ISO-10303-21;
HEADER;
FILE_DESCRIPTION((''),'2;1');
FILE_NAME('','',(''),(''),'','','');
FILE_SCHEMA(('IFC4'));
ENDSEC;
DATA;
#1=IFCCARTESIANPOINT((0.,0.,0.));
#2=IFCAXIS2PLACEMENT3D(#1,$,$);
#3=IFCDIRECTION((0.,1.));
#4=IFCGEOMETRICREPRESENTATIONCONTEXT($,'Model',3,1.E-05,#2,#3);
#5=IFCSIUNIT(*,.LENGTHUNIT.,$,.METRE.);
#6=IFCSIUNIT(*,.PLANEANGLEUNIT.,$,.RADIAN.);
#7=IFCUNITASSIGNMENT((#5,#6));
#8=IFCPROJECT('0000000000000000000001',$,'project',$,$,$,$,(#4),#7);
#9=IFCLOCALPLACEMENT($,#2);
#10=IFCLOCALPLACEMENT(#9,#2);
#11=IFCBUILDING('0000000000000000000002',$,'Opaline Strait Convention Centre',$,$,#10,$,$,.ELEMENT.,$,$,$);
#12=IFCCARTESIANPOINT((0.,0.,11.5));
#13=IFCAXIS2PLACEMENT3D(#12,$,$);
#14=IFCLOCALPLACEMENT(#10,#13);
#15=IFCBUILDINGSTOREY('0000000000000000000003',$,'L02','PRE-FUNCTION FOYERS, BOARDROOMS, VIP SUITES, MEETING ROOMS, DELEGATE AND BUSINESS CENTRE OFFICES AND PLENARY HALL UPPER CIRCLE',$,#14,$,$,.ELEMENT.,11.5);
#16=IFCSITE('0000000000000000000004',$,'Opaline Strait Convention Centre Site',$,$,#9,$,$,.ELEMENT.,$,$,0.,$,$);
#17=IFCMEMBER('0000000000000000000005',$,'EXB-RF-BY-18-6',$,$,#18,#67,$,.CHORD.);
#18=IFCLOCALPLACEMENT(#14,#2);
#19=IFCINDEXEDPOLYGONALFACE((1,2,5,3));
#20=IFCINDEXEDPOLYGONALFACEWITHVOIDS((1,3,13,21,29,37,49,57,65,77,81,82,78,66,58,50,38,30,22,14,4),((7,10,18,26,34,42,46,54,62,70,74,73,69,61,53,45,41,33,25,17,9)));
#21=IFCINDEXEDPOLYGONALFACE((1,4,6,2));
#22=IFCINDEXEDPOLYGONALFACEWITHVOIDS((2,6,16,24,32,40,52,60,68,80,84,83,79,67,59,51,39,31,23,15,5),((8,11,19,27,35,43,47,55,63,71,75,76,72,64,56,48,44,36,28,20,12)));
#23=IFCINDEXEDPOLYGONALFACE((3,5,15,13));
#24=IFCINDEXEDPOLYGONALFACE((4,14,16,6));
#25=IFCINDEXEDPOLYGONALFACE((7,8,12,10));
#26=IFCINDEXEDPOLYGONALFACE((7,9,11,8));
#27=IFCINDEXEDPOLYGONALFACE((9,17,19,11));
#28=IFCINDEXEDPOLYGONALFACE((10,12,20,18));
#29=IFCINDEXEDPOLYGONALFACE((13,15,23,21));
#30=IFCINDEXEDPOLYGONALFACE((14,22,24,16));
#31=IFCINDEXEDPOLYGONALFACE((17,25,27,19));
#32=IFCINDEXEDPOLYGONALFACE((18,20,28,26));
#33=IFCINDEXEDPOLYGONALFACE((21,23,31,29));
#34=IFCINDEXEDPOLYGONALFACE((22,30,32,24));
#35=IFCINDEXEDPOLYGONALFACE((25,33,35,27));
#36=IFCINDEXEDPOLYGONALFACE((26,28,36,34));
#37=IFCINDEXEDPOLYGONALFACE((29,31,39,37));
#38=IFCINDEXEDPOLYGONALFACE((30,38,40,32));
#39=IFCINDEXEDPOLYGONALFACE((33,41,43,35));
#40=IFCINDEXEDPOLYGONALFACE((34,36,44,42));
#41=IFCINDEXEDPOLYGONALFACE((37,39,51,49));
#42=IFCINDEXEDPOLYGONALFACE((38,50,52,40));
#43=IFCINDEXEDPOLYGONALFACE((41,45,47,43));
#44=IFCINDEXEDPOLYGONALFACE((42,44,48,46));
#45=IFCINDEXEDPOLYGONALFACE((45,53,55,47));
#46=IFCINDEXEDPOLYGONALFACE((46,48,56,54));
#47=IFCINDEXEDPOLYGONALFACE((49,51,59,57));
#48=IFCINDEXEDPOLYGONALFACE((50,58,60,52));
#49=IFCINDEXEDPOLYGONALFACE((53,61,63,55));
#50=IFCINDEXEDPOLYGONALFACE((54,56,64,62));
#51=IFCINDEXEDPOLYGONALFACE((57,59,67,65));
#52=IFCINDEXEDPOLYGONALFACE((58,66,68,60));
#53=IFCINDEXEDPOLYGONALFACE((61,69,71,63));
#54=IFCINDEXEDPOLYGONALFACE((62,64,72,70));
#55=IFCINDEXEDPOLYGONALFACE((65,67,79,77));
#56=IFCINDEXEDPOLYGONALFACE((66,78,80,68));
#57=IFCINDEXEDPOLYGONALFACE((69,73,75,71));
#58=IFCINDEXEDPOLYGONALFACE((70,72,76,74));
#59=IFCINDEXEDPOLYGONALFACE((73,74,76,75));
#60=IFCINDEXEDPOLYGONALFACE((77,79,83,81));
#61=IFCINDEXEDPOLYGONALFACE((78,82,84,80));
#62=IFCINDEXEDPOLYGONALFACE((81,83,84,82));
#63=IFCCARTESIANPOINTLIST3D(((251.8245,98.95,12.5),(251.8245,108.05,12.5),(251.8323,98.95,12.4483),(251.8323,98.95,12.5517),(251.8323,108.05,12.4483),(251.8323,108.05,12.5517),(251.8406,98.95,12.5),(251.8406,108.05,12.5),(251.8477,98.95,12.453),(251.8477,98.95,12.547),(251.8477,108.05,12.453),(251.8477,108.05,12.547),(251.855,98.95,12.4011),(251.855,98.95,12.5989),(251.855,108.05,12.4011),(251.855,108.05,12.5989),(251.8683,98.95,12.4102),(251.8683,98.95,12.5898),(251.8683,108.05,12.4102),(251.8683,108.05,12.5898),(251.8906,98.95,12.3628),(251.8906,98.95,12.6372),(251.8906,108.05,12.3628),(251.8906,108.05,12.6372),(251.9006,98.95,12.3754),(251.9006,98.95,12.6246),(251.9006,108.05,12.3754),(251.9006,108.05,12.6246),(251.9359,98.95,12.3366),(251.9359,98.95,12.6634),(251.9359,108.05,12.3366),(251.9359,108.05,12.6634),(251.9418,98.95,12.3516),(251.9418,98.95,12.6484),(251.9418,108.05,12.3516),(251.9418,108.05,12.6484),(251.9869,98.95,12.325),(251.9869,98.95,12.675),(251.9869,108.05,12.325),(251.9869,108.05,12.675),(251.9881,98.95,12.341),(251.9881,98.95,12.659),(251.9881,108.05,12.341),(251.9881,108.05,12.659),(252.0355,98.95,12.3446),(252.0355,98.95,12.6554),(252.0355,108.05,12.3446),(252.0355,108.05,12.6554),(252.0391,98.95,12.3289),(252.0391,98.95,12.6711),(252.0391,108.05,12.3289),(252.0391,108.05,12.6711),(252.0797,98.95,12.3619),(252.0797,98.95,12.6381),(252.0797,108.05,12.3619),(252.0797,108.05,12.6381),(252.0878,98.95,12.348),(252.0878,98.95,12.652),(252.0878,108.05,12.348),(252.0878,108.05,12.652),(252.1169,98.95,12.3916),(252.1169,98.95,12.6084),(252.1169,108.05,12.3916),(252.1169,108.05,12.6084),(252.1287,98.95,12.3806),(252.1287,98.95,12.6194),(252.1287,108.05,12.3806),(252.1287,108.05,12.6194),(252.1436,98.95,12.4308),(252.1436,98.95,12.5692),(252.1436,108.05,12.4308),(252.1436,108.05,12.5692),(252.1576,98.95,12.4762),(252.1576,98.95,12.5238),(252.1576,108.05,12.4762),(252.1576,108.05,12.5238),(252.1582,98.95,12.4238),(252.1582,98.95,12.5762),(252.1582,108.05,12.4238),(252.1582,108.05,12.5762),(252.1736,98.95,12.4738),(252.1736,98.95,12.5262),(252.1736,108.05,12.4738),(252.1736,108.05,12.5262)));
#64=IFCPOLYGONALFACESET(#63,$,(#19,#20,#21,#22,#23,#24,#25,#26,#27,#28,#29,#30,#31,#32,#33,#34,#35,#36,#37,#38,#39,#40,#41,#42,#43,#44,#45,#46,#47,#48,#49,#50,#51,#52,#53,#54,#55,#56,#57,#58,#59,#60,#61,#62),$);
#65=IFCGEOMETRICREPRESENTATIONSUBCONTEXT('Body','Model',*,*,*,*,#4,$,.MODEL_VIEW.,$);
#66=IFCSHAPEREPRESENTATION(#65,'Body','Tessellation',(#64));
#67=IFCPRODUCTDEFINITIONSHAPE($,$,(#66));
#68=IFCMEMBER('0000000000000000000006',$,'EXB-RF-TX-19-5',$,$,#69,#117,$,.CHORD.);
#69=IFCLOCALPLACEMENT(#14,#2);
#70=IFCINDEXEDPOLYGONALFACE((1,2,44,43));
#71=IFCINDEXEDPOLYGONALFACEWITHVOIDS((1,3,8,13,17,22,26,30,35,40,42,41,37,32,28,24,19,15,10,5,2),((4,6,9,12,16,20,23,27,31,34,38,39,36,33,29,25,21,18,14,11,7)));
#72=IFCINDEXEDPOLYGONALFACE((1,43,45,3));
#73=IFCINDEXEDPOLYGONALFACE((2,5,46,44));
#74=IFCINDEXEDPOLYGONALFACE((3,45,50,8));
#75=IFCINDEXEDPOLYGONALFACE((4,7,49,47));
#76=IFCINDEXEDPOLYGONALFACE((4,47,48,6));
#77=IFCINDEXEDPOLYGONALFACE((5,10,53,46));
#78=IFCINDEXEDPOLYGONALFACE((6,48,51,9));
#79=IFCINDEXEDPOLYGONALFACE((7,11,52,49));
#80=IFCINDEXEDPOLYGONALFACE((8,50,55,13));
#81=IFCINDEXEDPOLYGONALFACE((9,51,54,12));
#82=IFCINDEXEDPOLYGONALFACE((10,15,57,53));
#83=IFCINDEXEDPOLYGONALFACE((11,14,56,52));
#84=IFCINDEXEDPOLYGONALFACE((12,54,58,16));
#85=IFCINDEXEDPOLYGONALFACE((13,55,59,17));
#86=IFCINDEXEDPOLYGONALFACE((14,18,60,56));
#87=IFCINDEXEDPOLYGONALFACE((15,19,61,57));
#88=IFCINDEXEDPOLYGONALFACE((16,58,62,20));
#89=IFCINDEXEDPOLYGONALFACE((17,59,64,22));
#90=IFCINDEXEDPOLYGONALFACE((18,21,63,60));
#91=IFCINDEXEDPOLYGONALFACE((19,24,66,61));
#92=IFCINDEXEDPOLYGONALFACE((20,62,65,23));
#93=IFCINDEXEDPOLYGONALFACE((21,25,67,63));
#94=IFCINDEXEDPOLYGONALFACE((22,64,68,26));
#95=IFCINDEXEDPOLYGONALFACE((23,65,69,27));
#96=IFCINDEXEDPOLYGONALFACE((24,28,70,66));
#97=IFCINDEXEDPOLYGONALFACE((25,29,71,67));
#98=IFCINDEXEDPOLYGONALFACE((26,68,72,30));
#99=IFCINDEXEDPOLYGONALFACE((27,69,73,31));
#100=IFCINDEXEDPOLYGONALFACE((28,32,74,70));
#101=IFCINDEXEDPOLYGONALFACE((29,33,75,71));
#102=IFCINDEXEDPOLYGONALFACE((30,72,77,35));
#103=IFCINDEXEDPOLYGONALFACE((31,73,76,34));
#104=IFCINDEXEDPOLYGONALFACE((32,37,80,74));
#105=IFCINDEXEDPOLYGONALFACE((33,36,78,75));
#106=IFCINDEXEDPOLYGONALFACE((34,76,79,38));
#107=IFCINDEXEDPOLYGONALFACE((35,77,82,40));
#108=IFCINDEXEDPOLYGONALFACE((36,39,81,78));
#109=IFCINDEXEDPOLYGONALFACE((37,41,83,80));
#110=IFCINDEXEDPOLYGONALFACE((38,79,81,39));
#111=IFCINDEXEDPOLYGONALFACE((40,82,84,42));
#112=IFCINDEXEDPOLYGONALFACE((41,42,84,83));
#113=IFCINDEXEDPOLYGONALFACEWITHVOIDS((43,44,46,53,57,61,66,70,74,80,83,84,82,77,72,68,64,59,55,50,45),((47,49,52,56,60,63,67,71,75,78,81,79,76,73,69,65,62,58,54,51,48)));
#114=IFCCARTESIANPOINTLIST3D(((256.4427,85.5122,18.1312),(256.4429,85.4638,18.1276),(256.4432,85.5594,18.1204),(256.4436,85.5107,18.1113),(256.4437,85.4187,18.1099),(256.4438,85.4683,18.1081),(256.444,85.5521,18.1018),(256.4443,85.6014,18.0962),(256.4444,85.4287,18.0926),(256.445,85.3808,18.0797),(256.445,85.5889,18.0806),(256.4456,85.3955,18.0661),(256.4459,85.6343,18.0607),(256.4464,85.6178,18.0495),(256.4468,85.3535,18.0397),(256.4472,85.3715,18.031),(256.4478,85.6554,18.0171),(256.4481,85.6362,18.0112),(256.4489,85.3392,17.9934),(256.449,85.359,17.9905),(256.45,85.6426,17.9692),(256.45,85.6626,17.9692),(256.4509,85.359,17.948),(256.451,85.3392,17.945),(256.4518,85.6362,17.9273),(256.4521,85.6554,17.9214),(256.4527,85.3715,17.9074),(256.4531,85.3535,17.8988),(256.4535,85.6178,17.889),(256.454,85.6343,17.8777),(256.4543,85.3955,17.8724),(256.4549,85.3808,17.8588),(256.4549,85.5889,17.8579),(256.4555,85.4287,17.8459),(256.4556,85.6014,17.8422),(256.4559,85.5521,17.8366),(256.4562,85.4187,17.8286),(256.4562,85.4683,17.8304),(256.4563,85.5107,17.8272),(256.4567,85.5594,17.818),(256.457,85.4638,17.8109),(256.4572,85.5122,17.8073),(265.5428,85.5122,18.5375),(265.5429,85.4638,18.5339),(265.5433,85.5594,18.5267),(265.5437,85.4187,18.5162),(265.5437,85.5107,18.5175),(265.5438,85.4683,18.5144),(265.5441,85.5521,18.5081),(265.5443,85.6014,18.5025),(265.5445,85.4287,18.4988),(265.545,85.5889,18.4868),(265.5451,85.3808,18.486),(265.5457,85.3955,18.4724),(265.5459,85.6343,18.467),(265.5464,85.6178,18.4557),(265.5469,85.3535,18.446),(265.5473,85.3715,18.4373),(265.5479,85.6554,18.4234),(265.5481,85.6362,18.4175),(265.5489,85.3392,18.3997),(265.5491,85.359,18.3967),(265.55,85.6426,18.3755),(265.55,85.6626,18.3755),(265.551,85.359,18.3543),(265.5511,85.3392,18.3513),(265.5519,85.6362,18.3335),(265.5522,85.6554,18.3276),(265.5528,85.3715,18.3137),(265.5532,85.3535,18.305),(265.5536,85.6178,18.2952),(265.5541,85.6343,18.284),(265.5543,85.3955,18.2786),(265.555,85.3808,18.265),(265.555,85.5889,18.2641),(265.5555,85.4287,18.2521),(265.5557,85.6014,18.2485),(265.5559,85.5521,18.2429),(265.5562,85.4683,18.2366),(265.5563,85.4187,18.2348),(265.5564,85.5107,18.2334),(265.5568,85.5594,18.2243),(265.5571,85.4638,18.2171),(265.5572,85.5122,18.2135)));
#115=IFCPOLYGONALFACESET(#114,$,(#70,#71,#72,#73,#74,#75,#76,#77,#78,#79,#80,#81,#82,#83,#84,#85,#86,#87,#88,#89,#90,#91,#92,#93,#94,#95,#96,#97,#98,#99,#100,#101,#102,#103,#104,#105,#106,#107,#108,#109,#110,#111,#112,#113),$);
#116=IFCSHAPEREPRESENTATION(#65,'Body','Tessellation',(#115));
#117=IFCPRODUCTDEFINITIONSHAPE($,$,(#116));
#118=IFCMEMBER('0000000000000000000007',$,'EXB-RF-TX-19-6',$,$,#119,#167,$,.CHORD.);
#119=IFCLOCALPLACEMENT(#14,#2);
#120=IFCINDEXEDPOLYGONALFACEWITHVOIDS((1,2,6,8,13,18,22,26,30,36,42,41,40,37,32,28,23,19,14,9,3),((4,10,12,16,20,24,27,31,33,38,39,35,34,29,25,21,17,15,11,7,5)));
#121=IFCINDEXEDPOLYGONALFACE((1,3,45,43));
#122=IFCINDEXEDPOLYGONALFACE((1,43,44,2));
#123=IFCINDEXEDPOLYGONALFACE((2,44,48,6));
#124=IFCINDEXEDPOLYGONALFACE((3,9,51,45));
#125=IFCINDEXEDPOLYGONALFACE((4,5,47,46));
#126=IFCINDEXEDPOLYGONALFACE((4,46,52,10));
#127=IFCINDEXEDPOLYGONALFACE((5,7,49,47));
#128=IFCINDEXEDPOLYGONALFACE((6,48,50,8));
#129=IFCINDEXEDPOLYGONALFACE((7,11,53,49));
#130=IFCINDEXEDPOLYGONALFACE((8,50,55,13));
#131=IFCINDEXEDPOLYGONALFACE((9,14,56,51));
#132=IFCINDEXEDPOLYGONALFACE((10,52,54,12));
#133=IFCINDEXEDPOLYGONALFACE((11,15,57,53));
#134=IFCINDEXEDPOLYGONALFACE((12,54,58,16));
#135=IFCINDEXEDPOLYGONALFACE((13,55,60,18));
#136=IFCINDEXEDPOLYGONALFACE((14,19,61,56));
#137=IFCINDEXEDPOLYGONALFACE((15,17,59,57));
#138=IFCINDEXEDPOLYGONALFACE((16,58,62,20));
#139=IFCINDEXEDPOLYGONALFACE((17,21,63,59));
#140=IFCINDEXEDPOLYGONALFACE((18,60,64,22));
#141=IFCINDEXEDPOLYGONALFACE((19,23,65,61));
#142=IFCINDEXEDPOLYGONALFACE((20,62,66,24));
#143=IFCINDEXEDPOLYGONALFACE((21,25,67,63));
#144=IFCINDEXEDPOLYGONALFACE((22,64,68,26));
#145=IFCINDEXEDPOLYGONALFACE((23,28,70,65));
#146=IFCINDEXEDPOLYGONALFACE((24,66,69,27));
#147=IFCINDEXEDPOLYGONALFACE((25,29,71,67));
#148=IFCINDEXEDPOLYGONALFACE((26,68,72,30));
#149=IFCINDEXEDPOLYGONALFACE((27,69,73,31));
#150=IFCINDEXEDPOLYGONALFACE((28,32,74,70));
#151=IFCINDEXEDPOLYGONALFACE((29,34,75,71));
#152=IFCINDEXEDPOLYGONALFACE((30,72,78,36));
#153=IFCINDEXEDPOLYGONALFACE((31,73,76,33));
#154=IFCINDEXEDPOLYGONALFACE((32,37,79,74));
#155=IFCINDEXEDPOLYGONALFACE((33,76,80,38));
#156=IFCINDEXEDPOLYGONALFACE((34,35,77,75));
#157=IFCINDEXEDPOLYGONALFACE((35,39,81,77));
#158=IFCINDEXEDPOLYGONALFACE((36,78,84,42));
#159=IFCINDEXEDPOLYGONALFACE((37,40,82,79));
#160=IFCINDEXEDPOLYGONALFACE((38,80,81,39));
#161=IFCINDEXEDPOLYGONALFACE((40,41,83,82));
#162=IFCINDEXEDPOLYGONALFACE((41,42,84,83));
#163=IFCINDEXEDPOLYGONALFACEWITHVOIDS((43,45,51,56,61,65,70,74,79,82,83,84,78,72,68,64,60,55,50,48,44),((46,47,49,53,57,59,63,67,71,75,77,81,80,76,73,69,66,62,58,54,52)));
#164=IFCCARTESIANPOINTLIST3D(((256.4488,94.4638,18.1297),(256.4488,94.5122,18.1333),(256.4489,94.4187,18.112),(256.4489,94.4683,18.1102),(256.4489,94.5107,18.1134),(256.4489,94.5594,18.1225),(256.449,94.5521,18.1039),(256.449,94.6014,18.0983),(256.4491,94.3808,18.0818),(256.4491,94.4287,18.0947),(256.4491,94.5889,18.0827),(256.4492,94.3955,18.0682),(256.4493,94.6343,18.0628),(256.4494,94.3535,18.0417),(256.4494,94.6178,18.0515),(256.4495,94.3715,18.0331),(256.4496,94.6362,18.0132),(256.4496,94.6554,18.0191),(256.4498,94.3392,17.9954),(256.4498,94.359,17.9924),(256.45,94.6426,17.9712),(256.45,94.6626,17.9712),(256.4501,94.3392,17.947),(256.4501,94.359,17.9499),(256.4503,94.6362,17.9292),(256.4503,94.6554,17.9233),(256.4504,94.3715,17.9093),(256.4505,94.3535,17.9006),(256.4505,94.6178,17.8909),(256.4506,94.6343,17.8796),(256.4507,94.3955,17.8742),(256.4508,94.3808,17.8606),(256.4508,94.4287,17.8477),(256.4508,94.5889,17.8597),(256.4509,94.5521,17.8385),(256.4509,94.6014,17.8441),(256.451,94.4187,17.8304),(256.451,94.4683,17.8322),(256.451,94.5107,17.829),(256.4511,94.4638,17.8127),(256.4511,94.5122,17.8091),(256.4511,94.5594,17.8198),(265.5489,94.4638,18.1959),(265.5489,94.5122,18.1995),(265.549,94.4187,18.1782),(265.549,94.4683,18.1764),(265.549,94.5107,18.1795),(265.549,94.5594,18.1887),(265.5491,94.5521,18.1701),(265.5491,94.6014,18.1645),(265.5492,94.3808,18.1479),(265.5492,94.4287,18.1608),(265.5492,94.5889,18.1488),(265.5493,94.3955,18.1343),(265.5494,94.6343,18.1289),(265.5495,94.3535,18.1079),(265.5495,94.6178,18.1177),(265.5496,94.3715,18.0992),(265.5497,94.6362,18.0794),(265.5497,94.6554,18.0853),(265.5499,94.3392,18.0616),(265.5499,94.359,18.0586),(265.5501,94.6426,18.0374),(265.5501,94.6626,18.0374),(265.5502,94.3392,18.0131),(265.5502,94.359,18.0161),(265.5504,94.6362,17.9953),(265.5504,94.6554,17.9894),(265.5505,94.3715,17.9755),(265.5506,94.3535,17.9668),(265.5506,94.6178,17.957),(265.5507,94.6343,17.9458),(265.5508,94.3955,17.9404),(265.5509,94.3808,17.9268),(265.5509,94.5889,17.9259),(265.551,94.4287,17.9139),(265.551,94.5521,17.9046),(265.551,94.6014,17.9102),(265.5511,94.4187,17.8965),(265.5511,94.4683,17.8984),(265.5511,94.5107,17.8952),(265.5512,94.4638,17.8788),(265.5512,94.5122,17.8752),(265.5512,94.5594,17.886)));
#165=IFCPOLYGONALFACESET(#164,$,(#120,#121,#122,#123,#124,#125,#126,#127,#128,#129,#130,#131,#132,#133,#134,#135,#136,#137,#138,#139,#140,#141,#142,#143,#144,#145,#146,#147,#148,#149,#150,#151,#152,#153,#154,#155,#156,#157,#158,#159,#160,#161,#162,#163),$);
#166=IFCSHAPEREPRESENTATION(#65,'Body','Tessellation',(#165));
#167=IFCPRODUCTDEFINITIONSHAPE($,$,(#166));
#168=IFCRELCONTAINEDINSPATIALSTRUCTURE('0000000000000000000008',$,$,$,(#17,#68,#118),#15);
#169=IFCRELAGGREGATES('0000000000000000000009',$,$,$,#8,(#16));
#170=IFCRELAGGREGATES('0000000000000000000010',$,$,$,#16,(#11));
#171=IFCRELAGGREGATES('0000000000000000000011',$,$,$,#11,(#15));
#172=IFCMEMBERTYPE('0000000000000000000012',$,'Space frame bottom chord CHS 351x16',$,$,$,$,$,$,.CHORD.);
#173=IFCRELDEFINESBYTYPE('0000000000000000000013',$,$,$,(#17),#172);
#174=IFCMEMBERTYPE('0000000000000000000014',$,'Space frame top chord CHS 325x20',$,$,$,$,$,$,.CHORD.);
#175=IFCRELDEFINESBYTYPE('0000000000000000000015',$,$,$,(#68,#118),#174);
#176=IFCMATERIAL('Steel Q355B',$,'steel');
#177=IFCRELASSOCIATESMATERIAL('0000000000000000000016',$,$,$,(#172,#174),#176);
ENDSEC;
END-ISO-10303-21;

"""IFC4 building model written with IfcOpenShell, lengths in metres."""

from ifc_helpers import new_model, si_unit, direction, frame, origin, origin_2d, place, context, subcontext, project, spatial, hollow_circle, extrude, material, material_profile, profile_set, type_object, element, save


model = new_model("IFC4")

# Units and contexts
model_context = context("Model", 3, precision=1e-05, world=origin(), true_north=direction((0.0, 1.0)))
body_context = subcontext(model_context, "Body", "Model", "MODEL_VIEW")
ifc_project = project(units=[si_unit("LENGTHUNIT", "METRE"), si_unit("PLANEANGLEUNIT", "RADIAN")], contexts=[model_context])

# Site, building, storey
site_placement = place(None, origin())
site = spatial("IfcSite", under=ifc_project, at=site_placement, Name="Opaline Strait Convention Centre Site", CompositionType="ELEMENT", RefElevation=0.0)
building_placement = place(site_placement, origin())
building = spatial("IfcBuilding", under=site, at=building_placement, Name="Opaline Strait Convention Centre", CompositionType="ELEMENT")
storey_placement = place(building_placement, frame((0.0, 0.0, 11.5)))
storey = spatial("IfcBuildingStorey", under=building, at=storey_placement, Name="L02", Description="PRE-FUNCTION FOYERS, BOARDROOMS, VIP SUITES, MEETING ROOMS, DELEGATE AND BUSINESS CENTRE OFFICES AND PLENARY HALL UPPER CIRCLE", CompositionType="ELEMENT", Elevation=11.5)

# Members
ifc_material = material(Name="Steel Q355B", Category="steel")
ifc_material_profile_1 = material_profile(ifc_material, hollow_circle(Radius=0.1755, WallThickness=0.0161, at=origin_2d()), Name="CHS 351x16")
ifc_profile_set_1 = profile_set([ifc_material_profile_1], Name="Steel Q355B")
member_type_1 = type_object("IfcMemberType", Name="Space frame bottom chord CHS 351x16", PredefinedType="CHORD", material=ifc_profile_set_1)
member_1_placement = place(storey_placement, frame((252.0, 98.95, 12.5), z_axis=(0.0, 1.0, 0.0), x_axis=(-1.0, 0.0, 0.0)))
element("IfcMember", 1, at=member_1_placement, inside=storey, type_object=member_type_1, Name="EXB-RF-BY-18-6", PredefinedType="CHORD", context=body_context, shape_type="SweptSolid", body=[
    extrude(hollow_circle(Radius=0.1755, WallThickness=0.0161, at=origin_2d()), origin(), (0.0, 0.0, 1.0), 9.1001),
])
ifc_material_profile_2 = material_profile(ifc_material, hollow_circle(Radius=0.1626, WallThickness=0.02, at=origin_2d()), Name="CHS 325x20")
ifc_profile_set_2 = profile_set([ifc_material_profile_2], Name="Steel Q355B")
member_type_2 = type_object("IfcMemberType", Name="Space frame top chord CHS 325x20", PredefinedType="CHORD", material=ifc_profile_set_2)
member_2_placement = place(storey_placement, frame((256.45, 85.5, 17.9692), z_axis=(0.999005, 0.0, 0.044598), x_axis=(0.0, 1.0, 0.0)))
element("IfcMember", 2, at=member_2_placement, inside=storey, type_object=member_type_2, Name="EXB-RF-TX-19-5", PredefinedType="CHORD", context=body_context, shape_type="SweptSolid", body=[
    extrude(hollow_circle(Radius=0.1626, WallThickness=0.02, at=origin_2d()), origin(), (0.0, 0.0, 1.0), 9.1091),
])
member_3_placement = place(storey_placement, frame((256.45, 94.5, 17.9712), z_axis=(0.999974, 0.0, 0.00727), x_axis=(0.0, 1.0, 0.0)))
element("IfcMember", 3, at=member_3_placement, inside=storey, type_object=member_type_2, Name="EXB-RF-TX-19-6", PredefinedType="CHORD", context=body_context, shape_type="SweptSolid", body=[
    extrude(hollow_circle(Radius=0.1626, WallThickness=0.02, at=origin_2d()), origin(), (0.0, 0.0, 1.0), 9.1003),
])

save(model, "model.ifc")
